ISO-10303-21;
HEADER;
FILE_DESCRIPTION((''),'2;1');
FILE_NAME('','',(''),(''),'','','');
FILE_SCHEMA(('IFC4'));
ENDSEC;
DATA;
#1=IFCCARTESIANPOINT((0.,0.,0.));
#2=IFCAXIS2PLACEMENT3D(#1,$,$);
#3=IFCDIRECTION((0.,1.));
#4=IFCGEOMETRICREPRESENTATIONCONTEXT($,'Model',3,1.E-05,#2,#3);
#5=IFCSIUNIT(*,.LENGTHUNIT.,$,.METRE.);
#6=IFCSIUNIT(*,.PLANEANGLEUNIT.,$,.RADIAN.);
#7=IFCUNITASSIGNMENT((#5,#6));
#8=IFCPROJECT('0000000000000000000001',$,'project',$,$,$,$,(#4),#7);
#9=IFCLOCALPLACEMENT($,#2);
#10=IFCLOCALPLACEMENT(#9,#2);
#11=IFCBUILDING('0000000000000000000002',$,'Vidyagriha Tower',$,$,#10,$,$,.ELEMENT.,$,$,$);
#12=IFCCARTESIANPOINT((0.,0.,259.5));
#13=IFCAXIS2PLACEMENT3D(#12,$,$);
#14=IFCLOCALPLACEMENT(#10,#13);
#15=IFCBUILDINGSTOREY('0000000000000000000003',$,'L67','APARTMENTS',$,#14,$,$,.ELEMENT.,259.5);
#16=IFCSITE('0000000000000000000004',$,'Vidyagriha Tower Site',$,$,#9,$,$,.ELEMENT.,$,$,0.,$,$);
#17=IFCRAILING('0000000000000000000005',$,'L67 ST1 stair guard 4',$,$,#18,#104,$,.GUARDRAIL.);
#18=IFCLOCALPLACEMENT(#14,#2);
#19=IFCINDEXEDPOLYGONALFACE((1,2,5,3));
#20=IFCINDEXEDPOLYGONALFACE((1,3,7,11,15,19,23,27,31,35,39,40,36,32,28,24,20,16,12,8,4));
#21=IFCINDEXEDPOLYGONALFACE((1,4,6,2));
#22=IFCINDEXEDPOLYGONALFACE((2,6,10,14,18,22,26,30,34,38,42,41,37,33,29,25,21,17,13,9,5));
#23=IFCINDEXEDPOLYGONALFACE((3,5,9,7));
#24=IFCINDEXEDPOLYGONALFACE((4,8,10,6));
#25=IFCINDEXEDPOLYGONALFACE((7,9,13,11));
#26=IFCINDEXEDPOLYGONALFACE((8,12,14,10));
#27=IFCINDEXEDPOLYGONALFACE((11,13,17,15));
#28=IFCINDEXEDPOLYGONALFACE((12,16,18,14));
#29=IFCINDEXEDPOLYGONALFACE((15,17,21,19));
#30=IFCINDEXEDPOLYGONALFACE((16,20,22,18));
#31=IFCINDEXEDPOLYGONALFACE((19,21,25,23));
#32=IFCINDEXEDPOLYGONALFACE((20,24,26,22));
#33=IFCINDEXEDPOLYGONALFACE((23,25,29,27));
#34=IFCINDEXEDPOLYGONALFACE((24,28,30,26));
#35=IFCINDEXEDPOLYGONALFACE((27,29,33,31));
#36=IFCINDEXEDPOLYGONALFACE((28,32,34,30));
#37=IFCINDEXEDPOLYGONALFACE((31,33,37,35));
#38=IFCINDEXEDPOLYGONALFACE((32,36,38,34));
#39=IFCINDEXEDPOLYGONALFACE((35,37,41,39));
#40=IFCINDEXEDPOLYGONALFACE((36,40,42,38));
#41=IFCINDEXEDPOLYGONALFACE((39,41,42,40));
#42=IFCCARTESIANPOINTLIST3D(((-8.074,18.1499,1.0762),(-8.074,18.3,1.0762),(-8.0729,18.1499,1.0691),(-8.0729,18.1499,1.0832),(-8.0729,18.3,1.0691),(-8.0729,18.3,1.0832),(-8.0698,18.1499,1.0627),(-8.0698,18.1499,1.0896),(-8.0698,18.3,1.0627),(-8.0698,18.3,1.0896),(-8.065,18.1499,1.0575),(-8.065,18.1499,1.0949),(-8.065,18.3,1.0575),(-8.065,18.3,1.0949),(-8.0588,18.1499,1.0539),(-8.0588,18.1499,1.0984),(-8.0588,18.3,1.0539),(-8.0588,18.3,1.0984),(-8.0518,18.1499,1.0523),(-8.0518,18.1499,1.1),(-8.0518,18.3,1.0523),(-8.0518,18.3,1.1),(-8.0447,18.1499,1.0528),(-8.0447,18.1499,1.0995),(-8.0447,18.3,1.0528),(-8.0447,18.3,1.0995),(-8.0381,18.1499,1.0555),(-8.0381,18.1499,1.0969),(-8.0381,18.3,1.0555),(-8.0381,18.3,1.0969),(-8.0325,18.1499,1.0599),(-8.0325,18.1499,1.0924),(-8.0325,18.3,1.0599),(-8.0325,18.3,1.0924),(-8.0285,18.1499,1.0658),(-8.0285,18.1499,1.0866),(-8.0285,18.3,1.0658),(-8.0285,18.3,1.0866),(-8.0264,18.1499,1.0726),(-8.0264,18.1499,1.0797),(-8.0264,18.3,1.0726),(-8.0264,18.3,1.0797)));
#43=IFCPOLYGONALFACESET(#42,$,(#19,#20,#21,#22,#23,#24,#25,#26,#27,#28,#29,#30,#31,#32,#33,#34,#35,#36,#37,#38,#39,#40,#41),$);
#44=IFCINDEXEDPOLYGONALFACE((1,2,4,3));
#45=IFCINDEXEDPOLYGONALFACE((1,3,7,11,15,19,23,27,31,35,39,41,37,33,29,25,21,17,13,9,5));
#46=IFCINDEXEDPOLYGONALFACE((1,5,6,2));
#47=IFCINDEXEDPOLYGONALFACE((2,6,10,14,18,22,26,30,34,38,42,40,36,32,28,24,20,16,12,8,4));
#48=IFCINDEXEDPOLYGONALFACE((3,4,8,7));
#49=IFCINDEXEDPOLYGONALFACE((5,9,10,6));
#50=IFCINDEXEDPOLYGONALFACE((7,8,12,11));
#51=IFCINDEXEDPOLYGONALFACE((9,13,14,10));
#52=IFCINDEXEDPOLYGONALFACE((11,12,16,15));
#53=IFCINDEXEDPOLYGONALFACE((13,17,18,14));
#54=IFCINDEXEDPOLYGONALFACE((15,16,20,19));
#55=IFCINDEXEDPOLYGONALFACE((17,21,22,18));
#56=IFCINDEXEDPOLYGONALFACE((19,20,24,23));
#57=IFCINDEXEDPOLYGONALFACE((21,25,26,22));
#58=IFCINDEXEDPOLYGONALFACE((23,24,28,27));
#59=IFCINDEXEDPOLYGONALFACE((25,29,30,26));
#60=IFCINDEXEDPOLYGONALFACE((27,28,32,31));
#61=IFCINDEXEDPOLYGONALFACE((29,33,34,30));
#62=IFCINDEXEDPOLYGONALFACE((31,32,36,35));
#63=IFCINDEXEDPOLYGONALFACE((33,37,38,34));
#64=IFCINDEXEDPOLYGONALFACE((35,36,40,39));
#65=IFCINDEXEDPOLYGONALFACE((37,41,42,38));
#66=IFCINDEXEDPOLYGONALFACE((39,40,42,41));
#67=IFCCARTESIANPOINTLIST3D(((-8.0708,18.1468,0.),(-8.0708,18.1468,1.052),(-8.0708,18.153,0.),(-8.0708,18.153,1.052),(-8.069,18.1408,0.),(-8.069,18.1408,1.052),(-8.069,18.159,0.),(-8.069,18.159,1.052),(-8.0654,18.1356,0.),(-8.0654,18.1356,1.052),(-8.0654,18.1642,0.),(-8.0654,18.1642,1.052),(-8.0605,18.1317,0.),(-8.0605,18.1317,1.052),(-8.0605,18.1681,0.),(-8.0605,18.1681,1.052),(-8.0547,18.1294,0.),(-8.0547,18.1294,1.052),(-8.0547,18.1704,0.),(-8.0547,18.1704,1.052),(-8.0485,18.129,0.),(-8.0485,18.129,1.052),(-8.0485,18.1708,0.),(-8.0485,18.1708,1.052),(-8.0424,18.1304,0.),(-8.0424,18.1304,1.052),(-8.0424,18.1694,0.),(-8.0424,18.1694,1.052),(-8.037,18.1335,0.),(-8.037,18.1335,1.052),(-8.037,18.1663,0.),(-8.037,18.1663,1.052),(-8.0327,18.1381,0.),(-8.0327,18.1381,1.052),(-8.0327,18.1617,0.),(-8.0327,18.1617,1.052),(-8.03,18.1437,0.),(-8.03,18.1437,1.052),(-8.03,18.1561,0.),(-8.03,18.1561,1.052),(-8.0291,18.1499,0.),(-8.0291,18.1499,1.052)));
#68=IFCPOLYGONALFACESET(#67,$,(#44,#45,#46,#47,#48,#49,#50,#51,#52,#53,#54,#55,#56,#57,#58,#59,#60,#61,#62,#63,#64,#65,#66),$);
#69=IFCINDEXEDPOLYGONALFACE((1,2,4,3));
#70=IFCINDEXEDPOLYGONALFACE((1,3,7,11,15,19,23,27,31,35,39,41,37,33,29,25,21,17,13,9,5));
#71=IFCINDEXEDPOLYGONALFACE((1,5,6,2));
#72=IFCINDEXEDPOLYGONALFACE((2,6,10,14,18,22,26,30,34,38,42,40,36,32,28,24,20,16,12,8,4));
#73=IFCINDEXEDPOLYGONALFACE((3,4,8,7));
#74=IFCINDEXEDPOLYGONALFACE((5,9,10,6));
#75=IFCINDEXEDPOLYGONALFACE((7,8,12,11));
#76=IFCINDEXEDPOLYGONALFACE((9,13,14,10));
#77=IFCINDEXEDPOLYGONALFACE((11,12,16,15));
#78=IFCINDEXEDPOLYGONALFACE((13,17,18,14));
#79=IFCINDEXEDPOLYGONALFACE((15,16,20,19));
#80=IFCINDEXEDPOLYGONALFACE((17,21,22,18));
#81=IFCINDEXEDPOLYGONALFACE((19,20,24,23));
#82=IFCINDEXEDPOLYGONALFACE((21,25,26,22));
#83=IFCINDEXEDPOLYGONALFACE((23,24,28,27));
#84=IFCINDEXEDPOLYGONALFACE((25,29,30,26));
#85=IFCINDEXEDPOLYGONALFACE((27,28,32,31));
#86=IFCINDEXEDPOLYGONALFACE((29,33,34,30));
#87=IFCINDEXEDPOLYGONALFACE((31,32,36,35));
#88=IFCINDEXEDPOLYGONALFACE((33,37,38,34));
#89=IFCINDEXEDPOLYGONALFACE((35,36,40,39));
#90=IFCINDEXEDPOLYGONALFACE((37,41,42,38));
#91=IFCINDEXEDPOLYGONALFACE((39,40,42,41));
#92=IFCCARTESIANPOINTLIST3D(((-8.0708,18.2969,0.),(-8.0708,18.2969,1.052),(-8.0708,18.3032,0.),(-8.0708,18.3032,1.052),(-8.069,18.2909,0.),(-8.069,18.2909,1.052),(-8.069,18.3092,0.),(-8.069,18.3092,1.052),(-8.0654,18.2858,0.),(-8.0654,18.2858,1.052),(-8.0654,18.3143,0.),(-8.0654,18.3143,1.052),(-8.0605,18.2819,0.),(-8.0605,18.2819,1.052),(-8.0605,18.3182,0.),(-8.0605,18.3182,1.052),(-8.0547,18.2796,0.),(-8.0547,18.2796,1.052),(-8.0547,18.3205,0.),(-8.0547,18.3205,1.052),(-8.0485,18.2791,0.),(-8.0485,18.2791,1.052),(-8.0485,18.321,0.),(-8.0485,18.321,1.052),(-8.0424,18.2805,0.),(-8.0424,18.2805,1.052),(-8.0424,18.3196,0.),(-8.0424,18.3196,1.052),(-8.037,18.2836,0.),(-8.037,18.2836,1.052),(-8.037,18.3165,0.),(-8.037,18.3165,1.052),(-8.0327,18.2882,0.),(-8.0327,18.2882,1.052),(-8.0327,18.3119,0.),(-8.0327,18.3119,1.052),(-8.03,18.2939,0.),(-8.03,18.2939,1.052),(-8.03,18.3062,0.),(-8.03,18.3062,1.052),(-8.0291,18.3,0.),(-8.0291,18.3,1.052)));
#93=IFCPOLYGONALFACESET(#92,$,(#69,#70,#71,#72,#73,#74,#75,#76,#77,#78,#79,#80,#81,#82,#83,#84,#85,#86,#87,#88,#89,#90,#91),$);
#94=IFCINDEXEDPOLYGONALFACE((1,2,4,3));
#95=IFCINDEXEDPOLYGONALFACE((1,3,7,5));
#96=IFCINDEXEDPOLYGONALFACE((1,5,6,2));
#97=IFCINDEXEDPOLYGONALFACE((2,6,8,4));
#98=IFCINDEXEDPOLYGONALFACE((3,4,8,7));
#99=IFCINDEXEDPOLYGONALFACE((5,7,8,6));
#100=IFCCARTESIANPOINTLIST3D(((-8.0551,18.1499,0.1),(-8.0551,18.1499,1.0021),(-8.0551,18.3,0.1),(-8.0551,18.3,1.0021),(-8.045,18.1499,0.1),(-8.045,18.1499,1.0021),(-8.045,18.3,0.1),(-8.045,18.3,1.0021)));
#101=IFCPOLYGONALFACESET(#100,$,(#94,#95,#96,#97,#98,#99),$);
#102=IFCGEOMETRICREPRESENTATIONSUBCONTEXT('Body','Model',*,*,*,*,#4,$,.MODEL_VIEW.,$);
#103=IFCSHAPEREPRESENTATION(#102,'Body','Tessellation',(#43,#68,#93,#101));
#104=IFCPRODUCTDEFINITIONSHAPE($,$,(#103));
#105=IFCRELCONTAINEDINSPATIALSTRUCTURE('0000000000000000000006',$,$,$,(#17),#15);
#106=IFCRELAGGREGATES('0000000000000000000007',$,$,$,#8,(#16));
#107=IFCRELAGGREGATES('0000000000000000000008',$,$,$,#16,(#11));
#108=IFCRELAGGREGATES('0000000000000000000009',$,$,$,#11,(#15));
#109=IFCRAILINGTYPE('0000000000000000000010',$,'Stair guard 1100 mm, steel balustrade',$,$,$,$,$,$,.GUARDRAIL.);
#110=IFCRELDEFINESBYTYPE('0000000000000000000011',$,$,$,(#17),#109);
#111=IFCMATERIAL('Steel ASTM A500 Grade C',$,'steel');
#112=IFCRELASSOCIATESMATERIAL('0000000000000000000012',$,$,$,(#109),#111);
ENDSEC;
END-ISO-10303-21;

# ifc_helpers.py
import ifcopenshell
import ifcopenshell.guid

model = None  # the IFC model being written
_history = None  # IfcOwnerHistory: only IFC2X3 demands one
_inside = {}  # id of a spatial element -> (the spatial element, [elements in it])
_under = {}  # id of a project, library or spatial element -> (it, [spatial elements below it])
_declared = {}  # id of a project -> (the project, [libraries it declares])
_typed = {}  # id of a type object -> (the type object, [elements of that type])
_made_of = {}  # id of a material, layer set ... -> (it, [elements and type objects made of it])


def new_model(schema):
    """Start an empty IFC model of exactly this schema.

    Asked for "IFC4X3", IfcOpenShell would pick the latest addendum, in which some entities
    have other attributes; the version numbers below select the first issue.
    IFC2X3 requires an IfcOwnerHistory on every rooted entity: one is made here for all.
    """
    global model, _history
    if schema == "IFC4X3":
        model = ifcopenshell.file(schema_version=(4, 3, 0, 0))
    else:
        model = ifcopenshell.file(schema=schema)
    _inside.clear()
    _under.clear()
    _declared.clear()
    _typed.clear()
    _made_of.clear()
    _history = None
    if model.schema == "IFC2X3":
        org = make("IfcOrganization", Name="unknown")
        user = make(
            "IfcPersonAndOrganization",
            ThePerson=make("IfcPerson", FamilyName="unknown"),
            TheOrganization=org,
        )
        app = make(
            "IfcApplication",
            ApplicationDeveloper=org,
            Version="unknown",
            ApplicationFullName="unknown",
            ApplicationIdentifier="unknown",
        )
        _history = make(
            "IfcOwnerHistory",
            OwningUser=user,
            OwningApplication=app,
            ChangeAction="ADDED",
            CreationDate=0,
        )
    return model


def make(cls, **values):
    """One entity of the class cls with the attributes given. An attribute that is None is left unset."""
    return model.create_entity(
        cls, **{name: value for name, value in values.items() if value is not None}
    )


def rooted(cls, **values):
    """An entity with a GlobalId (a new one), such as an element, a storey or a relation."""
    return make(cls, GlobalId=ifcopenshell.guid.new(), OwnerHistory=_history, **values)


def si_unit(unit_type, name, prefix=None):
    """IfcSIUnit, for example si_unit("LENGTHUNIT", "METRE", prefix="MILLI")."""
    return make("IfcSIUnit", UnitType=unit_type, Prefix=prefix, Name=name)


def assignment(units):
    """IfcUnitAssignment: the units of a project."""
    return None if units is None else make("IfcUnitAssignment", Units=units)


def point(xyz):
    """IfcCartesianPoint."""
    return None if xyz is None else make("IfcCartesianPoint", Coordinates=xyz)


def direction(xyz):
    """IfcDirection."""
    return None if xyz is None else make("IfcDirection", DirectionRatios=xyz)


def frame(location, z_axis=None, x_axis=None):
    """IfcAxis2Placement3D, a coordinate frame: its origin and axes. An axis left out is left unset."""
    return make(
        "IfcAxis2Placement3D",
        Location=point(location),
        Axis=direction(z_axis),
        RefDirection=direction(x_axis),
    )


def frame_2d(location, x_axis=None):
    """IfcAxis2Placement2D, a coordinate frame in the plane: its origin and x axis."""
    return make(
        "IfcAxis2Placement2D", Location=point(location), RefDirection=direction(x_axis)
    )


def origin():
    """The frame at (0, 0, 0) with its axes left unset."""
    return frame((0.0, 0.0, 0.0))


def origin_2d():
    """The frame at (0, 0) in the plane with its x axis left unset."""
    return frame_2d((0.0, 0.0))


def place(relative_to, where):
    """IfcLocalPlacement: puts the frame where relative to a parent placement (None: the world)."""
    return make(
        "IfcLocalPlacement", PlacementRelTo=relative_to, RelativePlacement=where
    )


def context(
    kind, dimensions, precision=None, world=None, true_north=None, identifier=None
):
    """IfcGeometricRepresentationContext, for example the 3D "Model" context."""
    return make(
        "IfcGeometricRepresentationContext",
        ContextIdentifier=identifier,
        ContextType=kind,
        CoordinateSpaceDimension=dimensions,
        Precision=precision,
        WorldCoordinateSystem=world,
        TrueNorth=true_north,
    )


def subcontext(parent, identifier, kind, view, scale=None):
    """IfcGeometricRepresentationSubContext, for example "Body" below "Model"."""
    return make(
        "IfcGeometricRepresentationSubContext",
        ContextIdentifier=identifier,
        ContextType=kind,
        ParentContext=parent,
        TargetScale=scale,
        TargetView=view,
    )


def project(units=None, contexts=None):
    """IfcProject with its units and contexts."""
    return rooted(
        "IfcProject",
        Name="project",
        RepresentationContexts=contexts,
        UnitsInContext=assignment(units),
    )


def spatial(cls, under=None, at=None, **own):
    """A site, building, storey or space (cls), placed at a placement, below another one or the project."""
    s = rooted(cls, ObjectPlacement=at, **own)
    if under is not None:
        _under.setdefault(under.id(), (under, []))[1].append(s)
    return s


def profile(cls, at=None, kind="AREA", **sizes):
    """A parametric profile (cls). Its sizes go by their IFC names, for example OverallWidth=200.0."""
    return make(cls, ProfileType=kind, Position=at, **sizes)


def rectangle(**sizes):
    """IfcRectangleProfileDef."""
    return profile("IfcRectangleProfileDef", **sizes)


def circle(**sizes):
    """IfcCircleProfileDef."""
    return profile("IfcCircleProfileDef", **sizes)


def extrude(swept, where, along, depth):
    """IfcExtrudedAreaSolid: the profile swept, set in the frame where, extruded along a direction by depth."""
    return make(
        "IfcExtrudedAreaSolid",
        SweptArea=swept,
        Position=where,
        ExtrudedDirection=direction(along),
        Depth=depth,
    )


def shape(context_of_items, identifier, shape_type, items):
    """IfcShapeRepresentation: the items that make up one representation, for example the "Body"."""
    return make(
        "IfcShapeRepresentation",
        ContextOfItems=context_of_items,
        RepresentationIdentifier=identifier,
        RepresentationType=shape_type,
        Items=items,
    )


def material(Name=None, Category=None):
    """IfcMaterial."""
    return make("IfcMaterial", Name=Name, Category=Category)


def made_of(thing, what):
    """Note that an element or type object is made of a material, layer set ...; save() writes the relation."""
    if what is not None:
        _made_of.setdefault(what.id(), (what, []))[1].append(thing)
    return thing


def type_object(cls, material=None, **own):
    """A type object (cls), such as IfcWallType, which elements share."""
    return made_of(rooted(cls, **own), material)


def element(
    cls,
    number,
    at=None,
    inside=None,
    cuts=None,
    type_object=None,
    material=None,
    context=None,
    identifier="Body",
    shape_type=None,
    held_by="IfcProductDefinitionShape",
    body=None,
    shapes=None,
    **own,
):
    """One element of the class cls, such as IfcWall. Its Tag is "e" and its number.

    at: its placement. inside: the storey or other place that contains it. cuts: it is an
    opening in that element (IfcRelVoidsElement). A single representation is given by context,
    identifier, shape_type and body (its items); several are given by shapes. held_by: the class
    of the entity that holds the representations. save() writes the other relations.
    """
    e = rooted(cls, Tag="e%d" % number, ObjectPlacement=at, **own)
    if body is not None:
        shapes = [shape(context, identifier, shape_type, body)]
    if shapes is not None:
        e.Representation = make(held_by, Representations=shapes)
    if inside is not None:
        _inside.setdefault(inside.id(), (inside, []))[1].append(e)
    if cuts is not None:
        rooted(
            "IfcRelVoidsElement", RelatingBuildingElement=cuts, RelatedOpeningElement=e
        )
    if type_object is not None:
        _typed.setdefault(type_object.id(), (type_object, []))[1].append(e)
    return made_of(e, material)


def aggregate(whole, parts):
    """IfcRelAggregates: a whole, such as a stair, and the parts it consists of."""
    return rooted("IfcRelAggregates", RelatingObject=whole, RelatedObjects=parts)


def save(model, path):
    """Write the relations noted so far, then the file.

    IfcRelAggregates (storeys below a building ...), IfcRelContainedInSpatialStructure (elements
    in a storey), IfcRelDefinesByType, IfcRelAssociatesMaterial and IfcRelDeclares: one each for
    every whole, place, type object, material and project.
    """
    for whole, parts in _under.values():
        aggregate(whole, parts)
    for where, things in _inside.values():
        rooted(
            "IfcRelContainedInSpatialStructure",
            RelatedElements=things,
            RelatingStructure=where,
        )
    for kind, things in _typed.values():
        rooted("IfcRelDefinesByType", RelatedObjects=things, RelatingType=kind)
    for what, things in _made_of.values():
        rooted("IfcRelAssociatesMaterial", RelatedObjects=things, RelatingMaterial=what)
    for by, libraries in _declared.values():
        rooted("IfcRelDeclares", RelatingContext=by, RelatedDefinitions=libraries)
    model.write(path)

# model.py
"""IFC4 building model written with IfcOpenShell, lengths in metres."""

from ifc_helpers import new_model, si_unit, direction, frame, origin, origin_2d, place, context, subcontext, project, spatial, rectangle, circle, extrude, material, type_object, element, save


model = new_model("IFC4")

# Units and contexts
model_context = context("Model", 3, precision=1e-05, world=origin(), true_north=direction((0.0, 1.0)))
body_context = subcontext(model_context, "Body", "Model", "MODEL_VIEW")
ifc_project = project(units=[si_unit("LENGTHUNIT", "METRE"), si_unit("PLANEANGLEUNIT", "RADIAN")], contexts=[model_context])

# Site, building, storey
site_placement = place(None, origin())
site = spatial("IfcSite", under=ifc_project, at=site_placement, Name="Vidyagriha Tower Site", CompositionType="ELEMENT", RefElevation=0.0)
building_placement = place(site_placement, origin())
building = spatial("IfcBuilding", under=site, at=building_placement, Name="Vidyagriha Tower", CompositionType="ELEMENT")
storey_placement = place(building_placement, frame((0.0, 0.0, 259.5)))
storey = spatial("IfcBuildingStorey", under=building, at=storey_placement, Name="L67", Description="APARTMENTS", CompositionType="ELEMENT", Elevation=259.5)

# Railing
ifc_material_1 = material(Name="Steel ASTM A500 Grade C", Category="steel")
railing_type_1 = type_object("IfcRailingType", Name="Stair guard 1100 mm, steel balustrade", PredefinedType="GUARDRAIL", material=ifc_material_1)
railing_1_placement = place(storey_placement, frame((-8.05, 18.1499, 0.0)))
element("IfcRailing", 1, at=railing_1_placement, inside=storey, type_object=railing_type_1, Name="L67 ST1 stair guard 4", PredefinedType="GUARDRAIL", context=body_context, shape_type="SweptSolid", body=[
    extrude(circle(Radius=0.0239, at=origin_2d()), frame((0.0, 0.0, 1.0762), z_axis=(0.0, 1.0, 0.0), x_axis=(-1.0, 0.0, 0.0)), (0.0, 0.0, 1.0), 0.1501),
    extrude(circle(Radius=0.021, at=origin_2d()), origin(), (0.0, 0.0, 1.0), 1.052),
    extrude(circle(Radius=0.021, at=origin_2d()), frame((0.0, 0.1501, 0.0)), (0.0, 0.0, 1.0), 1.052),
    extrude(rectangle(XDim=0.01, YDim=0.9021, at=origin_2d()), frame((0.0, 0.0, 0.551), z_axis=(0.0, 1.0, 0.0), x_axis=(-1.0, 0.0, 0.0)), (0.0, 0.0, 1.0), 0.1501),
])

save(model, "model.ifc")
